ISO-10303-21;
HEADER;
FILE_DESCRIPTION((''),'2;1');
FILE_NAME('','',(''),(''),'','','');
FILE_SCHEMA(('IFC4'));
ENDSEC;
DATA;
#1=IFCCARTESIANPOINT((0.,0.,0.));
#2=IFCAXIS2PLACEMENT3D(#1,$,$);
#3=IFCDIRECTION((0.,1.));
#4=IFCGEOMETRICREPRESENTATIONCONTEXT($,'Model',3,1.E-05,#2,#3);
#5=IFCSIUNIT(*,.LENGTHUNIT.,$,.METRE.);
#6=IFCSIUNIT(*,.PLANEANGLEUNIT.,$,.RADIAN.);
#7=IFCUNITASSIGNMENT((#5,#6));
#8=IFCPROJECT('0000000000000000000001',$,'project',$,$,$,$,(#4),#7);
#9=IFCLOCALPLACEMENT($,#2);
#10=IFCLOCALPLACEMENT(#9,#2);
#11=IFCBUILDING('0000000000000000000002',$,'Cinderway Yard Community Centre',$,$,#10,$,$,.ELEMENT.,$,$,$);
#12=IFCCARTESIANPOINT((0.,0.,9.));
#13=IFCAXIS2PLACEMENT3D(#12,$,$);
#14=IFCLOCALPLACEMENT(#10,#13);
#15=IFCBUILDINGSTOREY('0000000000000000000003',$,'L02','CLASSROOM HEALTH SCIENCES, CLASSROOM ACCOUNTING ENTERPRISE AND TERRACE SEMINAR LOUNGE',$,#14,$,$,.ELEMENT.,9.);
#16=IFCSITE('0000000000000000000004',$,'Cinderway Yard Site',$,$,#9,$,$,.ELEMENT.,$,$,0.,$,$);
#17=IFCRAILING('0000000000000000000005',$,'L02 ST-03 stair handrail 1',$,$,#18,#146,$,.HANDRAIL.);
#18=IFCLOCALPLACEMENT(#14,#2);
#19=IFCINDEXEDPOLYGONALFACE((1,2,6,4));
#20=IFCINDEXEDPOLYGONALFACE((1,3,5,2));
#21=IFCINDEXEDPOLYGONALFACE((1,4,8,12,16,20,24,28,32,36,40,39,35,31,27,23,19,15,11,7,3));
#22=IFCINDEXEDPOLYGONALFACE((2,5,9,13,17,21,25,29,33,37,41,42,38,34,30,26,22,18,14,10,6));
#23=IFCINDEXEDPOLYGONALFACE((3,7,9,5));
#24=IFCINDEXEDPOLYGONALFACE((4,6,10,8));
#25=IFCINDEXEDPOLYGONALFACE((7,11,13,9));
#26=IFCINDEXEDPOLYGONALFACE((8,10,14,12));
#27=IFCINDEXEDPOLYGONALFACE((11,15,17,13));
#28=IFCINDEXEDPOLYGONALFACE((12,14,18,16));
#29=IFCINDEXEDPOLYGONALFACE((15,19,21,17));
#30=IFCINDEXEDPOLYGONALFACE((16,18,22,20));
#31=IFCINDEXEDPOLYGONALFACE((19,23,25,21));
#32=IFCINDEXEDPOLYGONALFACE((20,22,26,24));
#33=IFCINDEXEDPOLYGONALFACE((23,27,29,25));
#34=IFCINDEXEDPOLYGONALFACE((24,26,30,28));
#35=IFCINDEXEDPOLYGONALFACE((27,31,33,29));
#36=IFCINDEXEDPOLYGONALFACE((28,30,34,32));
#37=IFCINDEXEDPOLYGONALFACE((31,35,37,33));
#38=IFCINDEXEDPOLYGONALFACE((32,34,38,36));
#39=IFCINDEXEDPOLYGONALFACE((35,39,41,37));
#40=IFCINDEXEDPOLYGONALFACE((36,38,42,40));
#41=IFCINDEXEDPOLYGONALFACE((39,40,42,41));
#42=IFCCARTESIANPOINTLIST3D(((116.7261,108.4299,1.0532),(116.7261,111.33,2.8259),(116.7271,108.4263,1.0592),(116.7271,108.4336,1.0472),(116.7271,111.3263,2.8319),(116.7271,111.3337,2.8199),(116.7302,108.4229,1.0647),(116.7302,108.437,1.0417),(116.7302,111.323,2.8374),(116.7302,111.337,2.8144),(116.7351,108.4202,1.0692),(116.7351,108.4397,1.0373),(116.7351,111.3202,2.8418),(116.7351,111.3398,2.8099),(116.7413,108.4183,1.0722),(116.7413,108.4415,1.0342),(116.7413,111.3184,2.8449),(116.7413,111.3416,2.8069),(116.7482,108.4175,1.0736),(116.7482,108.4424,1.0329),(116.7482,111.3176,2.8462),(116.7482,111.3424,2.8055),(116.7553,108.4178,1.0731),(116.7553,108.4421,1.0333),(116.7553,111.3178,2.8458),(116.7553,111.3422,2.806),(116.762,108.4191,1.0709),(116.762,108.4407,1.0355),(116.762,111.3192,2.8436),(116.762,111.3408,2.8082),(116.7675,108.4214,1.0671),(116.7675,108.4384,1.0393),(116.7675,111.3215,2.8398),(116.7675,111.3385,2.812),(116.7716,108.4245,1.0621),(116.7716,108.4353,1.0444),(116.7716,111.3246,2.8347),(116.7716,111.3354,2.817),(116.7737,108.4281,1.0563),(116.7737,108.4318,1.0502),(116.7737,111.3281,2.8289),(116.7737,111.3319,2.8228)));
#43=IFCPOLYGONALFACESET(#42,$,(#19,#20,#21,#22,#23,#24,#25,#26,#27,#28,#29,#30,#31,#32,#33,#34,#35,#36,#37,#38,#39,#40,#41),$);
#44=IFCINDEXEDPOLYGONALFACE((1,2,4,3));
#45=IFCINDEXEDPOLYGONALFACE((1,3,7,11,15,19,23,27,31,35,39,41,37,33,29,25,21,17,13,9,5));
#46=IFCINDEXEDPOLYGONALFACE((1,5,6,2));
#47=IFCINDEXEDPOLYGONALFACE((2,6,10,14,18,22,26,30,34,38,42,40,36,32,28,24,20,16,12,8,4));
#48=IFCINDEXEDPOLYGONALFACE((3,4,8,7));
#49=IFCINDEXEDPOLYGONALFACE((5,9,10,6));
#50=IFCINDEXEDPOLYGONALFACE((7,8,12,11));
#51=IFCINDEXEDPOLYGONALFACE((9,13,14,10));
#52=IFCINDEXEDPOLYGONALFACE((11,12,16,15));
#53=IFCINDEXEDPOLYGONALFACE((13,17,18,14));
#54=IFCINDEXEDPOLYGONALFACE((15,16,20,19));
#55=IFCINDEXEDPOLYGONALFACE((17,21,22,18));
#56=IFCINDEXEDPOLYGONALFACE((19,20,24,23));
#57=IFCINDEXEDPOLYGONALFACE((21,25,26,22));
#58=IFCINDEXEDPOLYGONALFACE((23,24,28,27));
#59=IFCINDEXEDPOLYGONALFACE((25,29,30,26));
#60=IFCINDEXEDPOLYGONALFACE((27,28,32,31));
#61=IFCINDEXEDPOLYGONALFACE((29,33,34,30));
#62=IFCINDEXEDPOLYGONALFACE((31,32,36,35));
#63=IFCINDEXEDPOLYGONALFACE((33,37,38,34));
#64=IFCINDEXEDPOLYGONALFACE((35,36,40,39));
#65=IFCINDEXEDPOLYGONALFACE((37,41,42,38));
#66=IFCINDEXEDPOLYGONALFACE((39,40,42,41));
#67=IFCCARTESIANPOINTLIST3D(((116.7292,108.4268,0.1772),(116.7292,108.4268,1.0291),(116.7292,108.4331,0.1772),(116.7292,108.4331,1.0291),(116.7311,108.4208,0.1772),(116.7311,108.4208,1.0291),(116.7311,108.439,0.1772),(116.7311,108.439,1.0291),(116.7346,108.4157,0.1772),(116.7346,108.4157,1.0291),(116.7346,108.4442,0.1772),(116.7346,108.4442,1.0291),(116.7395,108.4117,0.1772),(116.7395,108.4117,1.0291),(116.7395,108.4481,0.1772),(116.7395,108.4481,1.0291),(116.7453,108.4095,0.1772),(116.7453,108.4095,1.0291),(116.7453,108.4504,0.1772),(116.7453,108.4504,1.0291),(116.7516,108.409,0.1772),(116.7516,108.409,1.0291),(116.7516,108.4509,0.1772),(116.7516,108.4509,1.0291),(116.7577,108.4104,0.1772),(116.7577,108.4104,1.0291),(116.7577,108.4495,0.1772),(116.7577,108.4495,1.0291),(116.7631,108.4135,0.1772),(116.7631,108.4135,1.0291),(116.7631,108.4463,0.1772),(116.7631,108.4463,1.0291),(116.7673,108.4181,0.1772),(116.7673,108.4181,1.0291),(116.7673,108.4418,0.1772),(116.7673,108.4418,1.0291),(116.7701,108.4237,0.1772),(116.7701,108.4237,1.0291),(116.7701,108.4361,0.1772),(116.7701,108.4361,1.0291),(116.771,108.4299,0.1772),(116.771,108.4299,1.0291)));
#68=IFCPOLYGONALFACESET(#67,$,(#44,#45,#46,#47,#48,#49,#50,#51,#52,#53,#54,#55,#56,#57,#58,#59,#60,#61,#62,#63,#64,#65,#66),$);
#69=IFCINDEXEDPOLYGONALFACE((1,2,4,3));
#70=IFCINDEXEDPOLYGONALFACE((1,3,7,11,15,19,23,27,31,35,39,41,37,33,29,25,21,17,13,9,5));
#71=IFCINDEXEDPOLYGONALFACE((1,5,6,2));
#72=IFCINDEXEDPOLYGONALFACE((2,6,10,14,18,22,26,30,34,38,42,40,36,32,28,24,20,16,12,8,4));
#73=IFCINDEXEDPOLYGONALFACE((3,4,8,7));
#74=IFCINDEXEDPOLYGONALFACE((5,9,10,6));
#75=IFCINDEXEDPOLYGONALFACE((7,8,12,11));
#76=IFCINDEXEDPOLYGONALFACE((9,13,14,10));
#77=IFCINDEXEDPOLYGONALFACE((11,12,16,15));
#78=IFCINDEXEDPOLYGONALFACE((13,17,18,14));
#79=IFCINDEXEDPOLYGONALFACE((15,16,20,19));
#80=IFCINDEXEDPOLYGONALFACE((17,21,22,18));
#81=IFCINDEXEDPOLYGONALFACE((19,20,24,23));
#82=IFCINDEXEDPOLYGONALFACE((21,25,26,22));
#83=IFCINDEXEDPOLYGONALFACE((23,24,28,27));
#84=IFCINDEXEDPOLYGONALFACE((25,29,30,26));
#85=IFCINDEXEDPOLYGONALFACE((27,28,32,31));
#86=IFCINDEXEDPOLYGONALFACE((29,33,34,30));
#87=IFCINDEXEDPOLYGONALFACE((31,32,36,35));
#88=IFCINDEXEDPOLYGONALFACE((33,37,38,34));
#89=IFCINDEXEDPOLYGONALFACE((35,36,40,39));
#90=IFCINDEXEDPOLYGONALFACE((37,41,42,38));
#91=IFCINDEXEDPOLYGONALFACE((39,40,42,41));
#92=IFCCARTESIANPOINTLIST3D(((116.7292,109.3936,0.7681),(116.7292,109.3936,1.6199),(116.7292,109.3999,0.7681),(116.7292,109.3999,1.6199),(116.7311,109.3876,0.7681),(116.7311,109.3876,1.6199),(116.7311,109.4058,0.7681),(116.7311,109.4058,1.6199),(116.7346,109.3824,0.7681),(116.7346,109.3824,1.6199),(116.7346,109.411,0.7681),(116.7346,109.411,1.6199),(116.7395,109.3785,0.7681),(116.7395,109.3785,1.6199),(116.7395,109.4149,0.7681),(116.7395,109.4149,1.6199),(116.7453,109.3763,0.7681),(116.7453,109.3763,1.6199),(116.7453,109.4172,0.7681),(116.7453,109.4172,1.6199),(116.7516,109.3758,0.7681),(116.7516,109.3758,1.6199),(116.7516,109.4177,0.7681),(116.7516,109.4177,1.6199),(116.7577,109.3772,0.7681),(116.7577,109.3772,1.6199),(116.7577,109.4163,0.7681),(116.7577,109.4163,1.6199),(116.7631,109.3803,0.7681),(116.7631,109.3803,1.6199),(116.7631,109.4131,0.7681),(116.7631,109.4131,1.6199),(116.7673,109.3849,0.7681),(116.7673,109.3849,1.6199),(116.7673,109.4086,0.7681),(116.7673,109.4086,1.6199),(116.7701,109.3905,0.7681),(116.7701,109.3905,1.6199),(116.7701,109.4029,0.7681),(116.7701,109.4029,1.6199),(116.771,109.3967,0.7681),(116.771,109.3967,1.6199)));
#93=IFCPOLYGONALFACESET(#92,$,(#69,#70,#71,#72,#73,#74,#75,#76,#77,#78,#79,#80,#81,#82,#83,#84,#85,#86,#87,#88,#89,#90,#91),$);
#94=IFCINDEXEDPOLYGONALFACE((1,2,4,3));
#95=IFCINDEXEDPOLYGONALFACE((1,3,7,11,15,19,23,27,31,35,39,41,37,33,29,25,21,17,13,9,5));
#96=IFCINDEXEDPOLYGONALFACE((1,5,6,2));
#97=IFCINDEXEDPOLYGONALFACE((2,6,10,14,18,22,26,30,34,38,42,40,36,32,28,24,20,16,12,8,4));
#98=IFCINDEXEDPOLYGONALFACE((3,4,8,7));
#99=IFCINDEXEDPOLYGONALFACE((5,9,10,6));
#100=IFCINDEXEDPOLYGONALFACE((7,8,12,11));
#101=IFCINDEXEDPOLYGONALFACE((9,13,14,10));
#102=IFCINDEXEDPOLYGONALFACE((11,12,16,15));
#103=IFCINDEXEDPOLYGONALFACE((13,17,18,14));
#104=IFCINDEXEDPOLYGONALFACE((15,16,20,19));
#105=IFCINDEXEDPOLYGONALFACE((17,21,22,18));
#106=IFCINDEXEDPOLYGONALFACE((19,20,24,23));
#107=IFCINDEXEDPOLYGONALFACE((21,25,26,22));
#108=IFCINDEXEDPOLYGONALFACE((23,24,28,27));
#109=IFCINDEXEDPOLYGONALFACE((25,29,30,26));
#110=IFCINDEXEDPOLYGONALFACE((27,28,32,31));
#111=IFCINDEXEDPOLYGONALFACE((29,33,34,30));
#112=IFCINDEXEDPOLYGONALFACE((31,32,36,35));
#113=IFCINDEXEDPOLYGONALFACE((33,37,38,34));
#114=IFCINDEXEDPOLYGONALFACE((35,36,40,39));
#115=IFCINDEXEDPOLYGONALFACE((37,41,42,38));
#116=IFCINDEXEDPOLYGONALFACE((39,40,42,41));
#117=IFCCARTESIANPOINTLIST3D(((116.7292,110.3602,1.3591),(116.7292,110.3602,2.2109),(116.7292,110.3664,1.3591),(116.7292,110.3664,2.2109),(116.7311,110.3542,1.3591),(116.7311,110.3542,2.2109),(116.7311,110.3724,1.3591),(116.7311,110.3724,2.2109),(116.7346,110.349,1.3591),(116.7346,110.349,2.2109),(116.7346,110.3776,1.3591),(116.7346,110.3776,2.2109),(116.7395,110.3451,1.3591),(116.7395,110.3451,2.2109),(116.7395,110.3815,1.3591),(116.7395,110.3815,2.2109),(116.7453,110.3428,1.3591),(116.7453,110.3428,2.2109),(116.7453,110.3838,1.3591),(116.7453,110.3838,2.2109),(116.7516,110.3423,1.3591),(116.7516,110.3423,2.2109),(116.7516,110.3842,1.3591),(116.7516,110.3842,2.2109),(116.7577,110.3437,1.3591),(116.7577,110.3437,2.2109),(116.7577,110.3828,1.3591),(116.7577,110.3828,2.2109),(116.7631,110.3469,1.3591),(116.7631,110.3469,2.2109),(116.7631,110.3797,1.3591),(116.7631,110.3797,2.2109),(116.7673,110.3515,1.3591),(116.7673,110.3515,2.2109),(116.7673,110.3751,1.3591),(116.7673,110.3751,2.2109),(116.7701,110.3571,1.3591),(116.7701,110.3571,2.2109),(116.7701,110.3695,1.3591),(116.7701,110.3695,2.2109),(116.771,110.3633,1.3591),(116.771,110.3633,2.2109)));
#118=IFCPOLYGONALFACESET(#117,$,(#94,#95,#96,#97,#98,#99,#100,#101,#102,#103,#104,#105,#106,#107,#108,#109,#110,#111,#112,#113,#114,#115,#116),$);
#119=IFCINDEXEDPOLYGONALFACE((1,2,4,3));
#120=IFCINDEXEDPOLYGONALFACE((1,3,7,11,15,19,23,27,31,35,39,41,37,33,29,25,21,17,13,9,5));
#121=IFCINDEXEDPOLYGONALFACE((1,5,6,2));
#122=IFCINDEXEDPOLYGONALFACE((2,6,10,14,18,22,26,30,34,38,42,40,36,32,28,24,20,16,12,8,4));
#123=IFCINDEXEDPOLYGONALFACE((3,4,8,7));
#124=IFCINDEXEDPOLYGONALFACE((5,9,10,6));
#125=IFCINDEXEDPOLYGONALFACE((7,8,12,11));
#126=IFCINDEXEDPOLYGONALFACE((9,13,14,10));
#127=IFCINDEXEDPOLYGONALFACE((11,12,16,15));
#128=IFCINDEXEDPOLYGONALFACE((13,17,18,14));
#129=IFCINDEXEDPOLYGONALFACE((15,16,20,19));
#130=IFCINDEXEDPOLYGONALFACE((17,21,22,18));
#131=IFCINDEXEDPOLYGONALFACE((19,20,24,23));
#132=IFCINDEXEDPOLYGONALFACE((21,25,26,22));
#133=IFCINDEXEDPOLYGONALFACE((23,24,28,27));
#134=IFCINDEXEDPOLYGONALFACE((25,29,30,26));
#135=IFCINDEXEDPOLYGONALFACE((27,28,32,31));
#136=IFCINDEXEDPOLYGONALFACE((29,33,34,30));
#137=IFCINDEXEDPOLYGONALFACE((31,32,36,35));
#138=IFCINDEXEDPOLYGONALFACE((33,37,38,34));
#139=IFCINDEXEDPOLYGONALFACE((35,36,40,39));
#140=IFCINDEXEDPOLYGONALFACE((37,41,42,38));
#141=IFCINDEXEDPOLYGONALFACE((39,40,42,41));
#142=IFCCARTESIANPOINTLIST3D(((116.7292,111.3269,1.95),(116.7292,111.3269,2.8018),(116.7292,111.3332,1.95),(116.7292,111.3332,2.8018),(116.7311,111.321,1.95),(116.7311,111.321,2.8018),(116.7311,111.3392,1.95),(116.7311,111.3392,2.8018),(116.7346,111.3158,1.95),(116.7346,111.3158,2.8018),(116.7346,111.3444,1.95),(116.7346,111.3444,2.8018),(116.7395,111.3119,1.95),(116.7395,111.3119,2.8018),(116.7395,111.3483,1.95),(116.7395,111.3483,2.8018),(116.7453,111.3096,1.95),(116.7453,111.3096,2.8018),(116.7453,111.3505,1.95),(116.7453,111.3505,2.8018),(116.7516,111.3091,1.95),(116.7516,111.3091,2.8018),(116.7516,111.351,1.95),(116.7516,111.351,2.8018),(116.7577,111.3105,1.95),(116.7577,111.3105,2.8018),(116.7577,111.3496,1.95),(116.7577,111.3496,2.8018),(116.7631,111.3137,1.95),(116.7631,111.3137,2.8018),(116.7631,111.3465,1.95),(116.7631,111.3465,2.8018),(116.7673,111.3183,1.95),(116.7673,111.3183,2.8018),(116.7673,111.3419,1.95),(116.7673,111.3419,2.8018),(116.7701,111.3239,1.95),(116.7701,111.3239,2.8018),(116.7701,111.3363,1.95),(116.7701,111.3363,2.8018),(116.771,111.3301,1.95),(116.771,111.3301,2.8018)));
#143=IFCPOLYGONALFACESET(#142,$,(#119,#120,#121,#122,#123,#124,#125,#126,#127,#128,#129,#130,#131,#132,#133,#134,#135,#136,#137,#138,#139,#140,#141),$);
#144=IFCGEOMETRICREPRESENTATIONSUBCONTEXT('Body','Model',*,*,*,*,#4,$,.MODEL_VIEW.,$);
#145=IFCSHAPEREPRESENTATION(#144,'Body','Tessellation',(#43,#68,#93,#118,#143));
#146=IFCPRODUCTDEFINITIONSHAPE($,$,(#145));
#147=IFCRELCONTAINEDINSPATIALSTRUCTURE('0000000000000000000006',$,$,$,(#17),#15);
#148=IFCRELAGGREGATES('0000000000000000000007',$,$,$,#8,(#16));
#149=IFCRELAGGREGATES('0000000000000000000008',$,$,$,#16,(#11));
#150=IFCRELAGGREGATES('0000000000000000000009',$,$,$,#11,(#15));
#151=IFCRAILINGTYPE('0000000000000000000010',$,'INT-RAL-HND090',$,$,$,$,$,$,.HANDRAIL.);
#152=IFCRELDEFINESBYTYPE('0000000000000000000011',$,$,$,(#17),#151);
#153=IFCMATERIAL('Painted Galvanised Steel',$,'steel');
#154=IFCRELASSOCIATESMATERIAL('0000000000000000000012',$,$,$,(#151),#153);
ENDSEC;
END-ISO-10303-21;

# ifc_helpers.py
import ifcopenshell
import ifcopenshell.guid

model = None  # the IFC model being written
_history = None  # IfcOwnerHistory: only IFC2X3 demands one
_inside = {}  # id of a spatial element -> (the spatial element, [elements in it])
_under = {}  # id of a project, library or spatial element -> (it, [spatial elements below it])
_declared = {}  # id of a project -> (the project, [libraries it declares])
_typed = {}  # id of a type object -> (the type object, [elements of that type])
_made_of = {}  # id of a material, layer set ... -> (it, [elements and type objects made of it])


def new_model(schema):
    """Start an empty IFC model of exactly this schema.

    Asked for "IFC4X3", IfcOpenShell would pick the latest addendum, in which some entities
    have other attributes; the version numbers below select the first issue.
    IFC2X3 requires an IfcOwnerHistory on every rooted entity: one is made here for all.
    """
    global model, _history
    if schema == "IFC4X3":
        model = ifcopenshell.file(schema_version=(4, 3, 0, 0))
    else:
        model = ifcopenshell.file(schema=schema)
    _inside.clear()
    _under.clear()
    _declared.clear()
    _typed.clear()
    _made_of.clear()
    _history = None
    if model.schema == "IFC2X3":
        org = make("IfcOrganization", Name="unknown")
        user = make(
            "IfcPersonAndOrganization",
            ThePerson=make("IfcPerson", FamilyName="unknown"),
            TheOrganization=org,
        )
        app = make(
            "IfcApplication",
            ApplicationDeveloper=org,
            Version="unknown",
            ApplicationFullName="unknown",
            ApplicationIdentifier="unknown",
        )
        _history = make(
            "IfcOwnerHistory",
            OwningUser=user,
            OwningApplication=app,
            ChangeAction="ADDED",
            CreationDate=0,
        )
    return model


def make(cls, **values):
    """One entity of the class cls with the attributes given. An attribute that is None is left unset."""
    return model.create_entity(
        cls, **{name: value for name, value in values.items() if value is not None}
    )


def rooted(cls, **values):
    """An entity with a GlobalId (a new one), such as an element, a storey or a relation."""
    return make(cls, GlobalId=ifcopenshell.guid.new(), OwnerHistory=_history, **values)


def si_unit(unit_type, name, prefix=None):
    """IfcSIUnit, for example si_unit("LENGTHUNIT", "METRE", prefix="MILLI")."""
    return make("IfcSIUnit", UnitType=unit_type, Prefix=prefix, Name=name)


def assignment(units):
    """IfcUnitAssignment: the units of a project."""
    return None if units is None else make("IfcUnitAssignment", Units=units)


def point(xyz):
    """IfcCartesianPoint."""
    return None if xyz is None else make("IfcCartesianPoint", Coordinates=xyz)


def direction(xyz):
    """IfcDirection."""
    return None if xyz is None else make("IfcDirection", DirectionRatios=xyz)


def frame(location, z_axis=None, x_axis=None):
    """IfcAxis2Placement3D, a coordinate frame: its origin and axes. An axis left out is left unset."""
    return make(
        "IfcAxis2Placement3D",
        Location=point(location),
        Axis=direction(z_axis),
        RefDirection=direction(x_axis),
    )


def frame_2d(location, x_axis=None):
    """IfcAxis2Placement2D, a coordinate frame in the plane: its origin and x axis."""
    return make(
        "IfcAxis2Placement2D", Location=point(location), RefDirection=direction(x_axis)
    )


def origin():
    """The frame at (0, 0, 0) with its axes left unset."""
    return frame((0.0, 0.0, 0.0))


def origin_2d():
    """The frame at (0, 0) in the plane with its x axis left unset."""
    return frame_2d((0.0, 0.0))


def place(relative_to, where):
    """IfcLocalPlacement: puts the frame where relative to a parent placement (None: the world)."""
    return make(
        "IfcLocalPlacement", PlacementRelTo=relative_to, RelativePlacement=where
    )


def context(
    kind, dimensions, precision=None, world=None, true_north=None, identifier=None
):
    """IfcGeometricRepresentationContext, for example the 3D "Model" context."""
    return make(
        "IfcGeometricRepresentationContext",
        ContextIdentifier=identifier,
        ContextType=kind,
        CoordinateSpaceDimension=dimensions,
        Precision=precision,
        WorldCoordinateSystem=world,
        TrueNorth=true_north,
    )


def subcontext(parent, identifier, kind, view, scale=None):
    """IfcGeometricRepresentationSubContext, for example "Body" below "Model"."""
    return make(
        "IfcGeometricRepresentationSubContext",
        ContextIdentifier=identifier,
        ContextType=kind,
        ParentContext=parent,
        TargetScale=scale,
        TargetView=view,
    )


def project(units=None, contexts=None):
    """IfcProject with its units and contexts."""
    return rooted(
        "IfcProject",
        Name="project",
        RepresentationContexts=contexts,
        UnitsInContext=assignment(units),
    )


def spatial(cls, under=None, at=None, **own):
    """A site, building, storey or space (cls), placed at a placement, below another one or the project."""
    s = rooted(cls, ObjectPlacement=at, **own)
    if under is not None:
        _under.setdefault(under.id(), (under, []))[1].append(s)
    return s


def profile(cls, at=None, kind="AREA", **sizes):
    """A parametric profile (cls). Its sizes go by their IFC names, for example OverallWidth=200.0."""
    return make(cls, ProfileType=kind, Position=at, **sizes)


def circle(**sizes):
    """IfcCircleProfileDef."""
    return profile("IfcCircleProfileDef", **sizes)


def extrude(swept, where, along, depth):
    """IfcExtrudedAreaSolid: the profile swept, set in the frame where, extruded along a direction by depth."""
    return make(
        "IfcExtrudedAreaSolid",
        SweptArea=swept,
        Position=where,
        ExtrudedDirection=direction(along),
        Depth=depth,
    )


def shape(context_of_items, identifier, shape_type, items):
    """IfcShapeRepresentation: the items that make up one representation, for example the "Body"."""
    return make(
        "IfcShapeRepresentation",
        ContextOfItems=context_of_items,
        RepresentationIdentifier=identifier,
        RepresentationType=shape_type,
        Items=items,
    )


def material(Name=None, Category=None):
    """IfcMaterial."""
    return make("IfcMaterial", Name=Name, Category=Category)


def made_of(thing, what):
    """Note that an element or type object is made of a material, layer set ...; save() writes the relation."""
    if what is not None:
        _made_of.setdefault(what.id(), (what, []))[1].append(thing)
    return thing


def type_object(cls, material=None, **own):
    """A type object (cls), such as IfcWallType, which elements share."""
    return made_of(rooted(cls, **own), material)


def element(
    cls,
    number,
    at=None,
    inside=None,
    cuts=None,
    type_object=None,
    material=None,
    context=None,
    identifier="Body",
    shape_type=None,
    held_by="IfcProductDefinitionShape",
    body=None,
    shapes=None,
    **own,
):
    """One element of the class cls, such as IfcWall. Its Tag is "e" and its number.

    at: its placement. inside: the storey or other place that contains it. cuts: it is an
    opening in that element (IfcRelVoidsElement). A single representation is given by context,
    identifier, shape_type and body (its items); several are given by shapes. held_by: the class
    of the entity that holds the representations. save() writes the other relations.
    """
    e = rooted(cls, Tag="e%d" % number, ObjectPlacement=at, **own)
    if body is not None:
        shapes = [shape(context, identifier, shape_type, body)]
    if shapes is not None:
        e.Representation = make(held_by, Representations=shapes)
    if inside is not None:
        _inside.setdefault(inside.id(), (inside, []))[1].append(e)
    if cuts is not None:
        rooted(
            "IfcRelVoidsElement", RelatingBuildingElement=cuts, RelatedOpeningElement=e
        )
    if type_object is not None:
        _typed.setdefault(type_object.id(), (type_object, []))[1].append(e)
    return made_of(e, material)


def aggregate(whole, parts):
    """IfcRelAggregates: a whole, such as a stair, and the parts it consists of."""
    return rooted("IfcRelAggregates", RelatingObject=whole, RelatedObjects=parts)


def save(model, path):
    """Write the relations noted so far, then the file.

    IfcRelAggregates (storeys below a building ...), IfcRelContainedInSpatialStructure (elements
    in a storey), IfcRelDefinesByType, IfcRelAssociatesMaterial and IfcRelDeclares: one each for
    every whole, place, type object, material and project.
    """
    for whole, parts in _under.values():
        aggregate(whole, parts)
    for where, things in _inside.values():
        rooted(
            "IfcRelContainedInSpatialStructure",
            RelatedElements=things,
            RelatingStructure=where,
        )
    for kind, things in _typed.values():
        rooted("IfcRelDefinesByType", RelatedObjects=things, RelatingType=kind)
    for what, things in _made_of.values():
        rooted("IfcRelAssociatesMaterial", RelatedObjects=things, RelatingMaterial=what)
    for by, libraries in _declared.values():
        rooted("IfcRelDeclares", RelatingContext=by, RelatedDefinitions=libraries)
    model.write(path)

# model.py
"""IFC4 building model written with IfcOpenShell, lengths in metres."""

from ifc_helpers import new_model, si_unit, direction, frame, origin, origin_2d, place, context, subcontext, project, spatial, circle, extrude, material, type_object, element, save


model = new_model("IFC4")

# Units and contexts
model_context = context("Model", 3, precision=1e-05, world=origin(), true_north=direction((0.0, 1.0)))
body_context = subcontext(model_context, "Body", "Model", "MODEL_VIEW")
ifc_project = project(units=[si_unit("LENGTHUNIT", "METRE"), si_unit("PLANEANGLEUNIT", "RADIAN")], contexts=[model_context])

# Site, building, storey
site_placement = place(None, origin())
site = spatial("IfcSite", under=ifc_project, at=site_placement, Name="Cinderway Yard Site", CompositionType="ELEMENT", RefElevation=0.0)
building_placement = place(site_placement, origin())
building = spatial("IfcBuilding", under=site, at=building_placement, Name="Cinderway Yard Community Centre", CompositionType="ELEMENT")
storey_placement = place(building_placement, frame((0.0, 0.0, 9.0)))
storey = spatial("IfcBuildingStorey", under=building, at=storey_placement, Name="L02", Description="CLASSROOM HEALTH SCIENCES, CLASSROOM ACCOUNTING ENTERPRISE AND TERRACE SEMINAR LOUNGE", CompositionType="ELEMENT", Elevation=9.0)

# Railing
ifc_material_1 = material(Name="Painted Galvanised Steel", Category="steel")
railing_type_1 = type_object("IfcRailingType", Name="INT-RAL-HND090", PredefinedType="HANDRAIL", material=ifc_material_1)
railing_1_placement = place(storey_placement, frame((116.75, 108.4299, 0.1772)))
element("IfcRailing", 1, at=railing_1_placement, inside=storey, type_object=railing_type_1, Name="L02 ST-03 stair handrail 1", PredefinedType="HANDRAIL", context=body_context, shape_type="SweptSolid", body=[
    extrude(circle(Radius=0.0239, at=origin_2d()), frame((0.0, 0.0, 0.876), z_axis=(0.0, 0.85323, 0.521534), x_axis=(-1.0, 0.0, 0.0)), (0.0, 0.0, 1.0), 3.3989),
    extrude(circle(Radius=0.021, at=origin_2d()), origin(), (0.0, 0.0, 1.0), 0.8518),
    extrude(circle(Radius=0.021, at=origin_2d()), frame((0.0, 0.9668, 0.5908)), (0.0, 0.0, 1.0), 0.8518),
    extrude(circle(Radius=0.021, at=origin_2d()), frame((0.0, 1.9333, 1.1819)), (0.0, 0.0, 1.0), 0.8518),
    extrude(circle(Radius=0.021, at=origin_2d()), frame((0.0, 2.9001, 1.7727)), (0.0, 0.0, 1.0), 0.8518),
])

save(model, "model.ifc")
